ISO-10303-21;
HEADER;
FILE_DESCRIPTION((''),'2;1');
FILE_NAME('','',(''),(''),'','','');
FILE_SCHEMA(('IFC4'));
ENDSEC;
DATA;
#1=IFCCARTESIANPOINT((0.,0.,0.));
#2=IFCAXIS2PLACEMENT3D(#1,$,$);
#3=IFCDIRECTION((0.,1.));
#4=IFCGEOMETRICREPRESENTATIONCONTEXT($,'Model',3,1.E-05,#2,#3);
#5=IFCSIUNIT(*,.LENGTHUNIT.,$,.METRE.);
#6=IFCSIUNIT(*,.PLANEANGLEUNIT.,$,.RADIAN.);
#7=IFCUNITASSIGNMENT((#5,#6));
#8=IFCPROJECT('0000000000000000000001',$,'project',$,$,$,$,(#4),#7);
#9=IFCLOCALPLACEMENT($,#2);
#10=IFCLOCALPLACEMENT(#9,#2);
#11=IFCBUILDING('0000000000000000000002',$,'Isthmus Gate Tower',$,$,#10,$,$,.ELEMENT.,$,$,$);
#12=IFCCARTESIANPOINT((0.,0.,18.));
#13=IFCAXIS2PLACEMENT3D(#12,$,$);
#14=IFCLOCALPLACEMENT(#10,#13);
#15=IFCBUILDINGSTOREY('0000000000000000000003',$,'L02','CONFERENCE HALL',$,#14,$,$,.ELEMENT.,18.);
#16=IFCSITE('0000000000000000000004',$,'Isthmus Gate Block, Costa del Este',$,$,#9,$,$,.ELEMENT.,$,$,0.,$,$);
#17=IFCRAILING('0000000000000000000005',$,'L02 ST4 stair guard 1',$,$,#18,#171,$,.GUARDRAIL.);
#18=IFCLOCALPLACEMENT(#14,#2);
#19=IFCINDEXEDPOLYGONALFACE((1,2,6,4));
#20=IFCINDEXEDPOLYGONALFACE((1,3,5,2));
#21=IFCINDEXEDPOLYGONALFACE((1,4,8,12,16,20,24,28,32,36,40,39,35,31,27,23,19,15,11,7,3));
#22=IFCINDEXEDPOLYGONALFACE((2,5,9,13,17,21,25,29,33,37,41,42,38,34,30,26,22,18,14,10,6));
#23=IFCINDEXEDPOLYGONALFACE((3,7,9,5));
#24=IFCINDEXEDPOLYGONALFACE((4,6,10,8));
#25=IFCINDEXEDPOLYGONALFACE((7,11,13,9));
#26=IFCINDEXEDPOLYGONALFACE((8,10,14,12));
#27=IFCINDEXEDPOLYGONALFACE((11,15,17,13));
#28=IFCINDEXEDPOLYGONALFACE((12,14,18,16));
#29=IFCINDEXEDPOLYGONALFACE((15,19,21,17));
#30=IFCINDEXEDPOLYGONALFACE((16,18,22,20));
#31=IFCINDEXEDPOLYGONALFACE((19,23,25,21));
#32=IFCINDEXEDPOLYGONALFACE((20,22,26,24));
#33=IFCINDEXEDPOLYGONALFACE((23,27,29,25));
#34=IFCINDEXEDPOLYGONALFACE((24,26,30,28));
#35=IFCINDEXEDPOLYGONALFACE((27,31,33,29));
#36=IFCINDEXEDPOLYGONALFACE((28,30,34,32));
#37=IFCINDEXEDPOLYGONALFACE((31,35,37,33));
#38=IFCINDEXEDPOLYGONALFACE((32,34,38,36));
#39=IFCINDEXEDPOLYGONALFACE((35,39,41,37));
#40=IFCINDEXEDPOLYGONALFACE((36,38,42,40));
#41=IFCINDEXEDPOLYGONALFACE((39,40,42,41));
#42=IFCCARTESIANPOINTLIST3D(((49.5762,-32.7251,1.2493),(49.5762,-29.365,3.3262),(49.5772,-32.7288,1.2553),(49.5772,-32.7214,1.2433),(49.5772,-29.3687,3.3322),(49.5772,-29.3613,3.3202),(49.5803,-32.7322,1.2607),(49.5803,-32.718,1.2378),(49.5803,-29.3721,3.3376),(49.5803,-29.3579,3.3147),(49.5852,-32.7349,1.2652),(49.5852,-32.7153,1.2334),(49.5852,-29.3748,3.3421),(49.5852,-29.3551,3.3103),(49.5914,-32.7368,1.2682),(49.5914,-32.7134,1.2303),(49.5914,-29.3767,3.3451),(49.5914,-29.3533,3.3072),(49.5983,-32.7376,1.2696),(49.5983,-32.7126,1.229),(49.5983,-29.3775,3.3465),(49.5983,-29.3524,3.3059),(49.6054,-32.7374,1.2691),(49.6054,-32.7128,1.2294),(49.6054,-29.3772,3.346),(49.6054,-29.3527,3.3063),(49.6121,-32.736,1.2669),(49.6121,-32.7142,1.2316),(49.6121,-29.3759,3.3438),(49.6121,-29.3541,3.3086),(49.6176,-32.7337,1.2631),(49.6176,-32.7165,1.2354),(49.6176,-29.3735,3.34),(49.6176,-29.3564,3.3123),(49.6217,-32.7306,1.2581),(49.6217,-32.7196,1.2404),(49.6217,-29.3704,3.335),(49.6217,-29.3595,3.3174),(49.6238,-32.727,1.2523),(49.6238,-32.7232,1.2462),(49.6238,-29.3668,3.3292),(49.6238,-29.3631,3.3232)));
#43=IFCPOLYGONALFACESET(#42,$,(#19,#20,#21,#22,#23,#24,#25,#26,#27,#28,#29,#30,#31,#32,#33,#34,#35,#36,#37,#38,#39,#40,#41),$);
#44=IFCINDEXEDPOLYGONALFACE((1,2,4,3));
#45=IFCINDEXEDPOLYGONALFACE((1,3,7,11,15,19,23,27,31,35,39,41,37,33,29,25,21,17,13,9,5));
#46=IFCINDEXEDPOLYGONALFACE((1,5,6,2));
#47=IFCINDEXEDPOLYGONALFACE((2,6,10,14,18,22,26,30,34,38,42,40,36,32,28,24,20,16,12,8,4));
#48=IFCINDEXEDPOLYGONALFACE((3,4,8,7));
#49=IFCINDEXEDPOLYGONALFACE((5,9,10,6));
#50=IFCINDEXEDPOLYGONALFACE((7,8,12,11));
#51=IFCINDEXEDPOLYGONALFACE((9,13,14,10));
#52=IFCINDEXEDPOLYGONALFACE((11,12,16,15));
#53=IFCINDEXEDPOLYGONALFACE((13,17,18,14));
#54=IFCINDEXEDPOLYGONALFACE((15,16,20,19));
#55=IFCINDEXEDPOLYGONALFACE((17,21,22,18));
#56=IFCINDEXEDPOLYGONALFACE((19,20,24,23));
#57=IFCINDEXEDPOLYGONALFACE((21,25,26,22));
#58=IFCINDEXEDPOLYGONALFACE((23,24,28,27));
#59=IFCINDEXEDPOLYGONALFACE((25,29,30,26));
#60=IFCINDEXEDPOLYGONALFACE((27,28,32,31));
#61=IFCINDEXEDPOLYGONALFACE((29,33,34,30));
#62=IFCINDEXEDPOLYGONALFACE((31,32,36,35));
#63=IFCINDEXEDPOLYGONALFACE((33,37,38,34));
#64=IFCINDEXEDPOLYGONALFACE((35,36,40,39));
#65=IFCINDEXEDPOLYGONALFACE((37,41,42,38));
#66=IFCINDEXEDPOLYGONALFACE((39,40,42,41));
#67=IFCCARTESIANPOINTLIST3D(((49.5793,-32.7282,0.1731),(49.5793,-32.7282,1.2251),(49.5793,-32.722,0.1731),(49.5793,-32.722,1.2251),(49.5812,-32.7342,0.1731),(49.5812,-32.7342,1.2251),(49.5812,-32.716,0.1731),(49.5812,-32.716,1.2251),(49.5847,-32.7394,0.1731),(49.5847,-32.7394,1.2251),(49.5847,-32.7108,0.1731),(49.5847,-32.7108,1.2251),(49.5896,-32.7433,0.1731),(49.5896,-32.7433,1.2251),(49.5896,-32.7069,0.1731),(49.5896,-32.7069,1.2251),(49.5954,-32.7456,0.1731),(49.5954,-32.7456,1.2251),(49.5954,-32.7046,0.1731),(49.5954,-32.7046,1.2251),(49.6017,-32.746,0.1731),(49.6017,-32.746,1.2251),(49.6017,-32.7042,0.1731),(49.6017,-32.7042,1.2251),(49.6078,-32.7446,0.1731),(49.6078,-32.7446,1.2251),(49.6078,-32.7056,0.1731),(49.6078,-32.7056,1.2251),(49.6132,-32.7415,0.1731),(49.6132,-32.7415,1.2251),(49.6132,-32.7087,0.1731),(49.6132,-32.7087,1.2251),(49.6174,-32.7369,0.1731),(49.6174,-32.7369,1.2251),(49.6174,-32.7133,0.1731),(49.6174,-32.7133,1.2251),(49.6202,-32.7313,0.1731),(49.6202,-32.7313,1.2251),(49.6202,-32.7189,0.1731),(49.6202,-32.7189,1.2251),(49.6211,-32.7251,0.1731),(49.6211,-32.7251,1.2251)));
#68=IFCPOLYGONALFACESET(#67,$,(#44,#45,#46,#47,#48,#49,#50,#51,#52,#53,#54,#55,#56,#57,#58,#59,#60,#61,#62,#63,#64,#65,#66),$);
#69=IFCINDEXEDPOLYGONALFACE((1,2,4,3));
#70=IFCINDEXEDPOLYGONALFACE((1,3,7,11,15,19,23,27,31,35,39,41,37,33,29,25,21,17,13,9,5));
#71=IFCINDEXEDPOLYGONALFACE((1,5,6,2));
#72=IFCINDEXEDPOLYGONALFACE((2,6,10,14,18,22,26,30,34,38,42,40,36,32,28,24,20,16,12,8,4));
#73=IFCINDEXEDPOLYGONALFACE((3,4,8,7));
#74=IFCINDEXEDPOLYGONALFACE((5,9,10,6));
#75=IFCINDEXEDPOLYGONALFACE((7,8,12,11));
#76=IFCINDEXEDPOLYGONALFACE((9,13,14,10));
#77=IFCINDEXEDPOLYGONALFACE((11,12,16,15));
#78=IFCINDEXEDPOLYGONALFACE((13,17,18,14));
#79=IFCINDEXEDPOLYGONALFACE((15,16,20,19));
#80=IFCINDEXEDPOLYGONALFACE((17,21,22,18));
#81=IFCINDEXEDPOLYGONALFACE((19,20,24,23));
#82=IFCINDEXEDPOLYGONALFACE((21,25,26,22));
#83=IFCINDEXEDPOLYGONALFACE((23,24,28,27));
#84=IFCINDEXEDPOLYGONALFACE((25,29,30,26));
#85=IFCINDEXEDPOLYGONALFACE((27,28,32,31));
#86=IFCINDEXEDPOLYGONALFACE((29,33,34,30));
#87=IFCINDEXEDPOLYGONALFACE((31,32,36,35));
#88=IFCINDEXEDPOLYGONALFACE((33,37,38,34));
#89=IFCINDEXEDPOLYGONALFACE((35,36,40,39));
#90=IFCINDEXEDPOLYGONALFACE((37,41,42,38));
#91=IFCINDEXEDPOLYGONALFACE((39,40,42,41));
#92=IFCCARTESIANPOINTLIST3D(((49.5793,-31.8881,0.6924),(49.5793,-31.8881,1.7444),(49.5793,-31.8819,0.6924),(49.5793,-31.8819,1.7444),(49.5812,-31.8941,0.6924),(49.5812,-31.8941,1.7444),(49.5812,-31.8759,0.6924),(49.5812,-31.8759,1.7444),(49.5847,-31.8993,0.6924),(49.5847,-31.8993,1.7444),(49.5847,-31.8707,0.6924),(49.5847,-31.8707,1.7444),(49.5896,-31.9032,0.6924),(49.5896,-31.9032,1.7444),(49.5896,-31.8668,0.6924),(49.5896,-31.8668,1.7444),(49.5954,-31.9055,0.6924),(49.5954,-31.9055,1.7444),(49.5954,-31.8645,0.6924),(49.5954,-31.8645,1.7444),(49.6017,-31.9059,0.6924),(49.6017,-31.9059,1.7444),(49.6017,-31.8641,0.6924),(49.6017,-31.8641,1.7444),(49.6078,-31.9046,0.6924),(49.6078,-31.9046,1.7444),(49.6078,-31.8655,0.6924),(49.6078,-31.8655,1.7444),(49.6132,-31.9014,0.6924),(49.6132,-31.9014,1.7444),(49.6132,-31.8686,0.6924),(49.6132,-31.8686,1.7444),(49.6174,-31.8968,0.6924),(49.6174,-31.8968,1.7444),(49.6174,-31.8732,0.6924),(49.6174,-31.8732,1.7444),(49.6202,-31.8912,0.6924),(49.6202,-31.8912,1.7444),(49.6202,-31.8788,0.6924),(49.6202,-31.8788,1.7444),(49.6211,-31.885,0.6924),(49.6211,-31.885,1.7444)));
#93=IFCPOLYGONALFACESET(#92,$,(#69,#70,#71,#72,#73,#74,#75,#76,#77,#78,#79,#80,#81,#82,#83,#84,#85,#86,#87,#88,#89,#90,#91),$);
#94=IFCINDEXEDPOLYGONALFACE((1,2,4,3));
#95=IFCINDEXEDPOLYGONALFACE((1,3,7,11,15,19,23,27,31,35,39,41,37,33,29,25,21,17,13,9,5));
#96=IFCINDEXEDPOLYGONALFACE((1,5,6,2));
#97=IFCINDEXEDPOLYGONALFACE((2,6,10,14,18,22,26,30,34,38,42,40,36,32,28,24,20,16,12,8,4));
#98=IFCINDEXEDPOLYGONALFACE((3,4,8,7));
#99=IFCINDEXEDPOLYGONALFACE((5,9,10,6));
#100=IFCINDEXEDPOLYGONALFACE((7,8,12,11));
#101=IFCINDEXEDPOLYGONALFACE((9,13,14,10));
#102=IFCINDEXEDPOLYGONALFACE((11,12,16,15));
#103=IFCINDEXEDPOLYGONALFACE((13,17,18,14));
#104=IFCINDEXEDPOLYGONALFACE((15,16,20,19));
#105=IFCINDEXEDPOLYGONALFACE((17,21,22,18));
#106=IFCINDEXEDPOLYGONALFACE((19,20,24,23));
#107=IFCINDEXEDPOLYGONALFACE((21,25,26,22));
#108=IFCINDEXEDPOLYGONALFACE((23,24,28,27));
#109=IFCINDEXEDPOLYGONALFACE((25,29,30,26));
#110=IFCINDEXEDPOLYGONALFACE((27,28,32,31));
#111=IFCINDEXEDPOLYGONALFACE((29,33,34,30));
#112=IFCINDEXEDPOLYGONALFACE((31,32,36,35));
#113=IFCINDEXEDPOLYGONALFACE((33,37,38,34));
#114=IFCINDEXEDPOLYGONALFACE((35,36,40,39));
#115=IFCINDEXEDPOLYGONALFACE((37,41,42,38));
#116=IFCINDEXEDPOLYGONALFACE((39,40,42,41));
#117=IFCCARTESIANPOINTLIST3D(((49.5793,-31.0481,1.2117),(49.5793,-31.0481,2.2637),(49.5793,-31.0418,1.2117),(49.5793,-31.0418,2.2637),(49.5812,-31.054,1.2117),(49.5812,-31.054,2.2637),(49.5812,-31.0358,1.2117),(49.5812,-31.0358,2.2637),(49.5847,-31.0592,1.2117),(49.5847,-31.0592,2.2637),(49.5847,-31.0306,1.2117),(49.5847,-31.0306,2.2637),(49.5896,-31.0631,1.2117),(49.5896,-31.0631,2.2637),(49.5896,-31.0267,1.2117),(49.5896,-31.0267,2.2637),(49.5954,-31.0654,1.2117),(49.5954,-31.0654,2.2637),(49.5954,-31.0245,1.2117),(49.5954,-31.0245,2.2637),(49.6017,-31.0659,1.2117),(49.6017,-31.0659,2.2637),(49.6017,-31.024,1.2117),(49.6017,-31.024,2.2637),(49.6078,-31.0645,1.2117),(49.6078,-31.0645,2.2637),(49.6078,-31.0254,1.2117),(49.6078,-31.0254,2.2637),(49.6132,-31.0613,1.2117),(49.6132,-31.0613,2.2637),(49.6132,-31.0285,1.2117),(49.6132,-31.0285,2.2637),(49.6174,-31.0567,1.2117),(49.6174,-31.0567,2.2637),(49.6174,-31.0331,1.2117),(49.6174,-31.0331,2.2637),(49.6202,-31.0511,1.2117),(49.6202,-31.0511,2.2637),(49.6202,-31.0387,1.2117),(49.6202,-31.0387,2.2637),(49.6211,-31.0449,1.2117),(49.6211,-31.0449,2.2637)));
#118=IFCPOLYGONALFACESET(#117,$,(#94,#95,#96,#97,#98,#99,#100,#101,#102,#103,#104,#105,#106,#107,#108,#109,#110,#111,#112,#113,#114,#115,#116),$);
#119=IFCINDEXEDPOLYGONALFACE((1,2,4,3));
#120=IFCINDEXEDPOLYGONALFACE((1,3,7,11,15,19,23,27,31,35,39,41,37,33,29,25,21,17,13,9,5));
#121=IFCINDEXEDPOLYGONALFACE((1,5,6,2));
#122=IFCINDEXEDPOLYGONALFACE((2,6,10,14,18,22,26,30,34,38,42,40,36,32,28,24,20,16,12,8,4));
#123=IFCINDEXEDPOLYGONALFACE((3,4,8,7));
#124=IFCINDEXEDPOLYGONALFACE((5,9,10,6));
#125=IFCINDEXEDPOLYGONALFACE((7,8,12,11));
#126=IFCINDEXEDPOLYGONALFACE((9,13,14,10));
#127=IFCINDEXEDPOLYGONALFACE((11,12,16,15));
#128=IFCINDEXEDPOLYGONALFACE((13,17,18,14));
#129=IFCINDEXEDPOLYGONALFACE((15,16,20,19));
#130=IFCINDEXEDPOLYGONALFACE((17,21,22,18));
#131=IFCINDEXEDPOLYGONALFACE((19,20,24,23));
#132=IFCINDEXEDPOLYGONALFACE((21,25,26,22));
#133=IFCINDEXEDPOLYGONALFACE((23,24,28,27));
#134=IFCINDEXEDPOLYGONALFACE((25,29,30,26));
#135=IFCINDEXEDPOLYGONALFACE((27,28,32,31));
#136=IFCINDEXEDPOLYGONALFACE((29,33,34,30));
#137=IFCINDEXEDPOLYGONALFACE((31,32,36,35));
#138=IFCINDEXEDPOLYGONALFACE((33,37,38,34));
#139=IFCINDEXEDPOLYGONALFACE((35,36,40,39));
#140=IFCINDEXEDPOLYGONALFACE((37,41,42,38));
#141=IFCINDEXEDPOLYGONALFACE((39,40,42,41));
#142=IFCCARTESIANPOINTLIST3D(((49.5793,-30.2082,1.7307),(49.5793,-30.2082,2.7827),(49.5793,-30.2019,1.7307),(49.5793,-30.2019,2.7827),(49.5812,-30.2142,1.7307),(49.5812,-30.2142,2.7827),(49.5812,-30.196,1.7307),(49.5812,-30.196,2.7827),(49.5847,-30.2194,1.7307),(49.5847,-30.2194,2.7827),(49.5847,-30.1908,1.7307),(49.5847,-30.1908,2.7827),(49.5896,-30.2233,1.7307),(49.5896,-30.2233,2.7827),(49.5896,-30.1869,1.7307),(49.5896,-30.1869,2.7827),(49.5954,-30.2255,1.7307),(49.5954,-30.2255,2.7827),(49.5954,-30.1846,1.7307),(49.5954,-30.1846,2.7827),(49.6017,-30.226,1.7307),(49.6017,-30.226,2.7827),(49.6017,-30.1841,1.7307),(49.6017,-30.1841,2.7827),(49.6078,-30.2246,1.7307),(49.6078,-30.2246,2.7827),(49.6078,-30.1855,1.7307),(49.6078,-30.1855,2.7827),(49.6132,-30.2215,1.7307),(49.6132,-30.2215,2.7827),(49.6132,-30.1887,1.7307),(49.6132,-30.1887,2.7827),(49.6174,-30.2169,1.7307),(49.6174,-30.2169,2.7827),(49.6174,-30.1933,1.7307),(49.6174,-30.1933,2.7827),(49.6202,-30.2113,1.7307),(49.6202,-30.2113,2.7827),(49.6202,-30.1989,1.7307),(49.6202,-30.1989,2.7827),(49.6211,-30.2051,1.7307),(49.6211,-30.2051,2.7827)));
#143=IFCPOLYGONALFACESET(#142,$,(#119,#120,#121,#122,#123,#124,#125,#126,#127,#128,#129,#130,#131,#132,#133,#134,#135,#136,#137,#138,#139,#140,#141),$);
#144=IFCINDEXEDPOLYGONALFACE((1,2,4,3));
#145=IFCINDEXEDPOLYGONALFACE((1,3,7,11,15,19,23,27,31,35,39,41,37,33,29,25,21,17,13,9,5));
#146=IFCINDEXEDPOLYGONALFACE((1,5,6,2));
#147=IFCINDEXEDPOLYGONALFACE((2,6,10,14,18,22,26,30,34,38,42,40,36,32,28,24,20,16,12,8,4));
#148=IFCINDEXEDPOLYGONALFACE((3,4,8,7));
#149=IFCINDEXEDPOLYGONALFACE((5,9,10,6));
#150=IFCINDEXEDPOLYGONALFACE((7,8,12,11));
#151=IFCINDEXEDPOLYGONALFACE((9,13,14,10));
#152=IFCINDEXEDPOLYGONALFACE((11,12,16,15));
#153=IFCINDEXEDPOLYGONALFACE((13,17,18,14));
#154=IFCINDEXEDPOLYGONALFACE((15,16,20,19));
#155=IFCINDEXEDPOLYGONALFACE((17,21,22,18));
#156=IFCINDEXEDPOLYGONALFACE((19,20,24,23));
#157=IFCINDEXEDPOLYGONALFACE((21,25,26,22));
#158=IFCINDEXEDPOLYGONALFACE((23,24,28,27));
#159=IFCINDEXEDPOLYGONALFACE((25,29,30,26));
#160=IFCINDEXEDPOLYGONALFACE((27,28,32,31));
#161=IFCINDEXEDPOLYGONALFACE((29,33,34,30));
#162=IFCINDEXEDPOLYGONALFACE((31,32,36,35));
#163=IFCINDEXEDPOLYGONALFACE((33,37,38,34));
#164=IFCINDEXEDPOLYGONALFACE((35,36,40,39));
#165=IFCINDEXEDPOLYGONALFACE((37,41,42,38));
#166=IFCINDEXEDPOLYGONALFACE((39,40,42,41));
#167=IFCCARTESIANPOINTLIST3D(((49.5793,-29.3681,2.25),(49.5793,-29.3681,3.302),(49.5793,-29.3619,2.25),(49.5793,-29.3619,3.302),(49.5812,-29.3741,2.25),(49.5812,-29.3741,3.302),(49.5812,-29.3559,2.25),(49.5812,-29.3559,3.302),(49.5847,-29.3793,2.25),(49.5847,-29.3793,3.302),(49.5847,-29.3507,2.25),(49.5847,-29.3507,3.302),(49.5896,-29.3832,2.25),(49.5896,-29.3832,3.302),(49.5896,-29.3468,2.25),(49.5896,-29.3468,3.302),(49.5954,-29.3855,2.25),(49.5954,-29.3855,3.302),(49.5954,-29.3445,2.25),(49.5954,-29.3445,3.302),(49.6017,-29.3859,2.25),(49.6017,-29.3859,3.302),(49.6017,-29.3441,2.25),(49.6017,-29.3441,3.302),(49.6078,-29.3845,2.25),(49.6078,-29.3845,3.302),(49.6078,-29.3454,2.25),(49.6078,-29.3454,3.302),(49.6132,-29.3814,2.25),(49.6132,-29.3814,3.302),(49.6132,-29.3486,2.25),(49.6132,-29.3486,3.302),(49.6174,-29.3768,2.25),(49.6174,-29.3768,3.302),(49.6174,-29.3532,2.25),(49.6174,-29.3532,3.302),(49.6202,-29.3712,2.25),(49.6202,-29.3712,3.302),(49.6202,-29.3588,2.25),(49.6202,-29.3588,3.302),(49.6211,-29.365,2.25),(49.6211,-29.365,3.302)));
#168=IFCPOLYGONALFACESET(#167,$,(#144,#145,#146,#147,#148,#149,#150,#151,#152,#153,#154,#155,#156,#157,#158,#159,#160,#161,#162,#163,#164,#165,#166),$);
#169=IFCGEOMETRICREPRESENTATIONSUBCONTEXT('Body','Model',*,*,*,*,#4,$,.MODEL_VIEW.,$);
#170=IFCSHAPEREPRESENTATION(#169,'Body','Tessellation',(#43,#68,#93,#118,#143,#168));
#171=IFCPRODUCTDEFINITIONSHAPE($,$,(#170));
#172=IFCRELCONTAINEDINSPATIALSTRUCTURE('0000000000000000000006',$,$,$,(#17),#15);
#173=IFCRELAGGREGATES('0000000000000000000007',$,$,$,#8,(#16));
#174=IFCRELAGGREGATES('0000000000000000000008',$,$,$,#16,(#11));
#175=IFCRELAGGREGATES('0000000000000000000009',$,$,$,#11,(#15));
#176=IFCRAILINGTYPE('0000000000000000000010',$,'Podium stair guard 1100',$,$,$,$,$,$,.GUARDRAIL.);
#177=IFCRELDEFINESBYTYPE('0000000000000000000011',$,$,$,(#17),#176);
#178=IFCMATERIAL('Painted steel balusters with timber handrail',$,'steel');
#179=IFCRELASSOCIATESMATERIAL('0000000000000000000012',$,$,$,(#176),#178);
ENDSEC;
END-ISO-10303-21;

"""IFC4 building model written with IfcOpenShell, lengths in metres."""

from ifc_helpers import new_model, si_unit, direction, frame, origin, origin_2d, place, context, subcontext, project, spatial, circle, extrude, material, type_object, element, save


model = new_model("IFC4")

# Units and contexts
model_context = context("Model", 3, precision=1e-05, world=origin(), true_north=direction((0.0, 1.0)))
body_context = subcontext(model_context, "Body", "Model", "MODEL_VIEW")
ifc_project = project(units=[si_unit("LENGTHUNIT", "METRE"), si_unit("PLANEANGLEUNIT", "RADIAN")], contexts=[model_context])

# Site, building, storey
site_placement = place(None, origin())
site = spatial("IfcSite", under=ifc_project, at=site_placement, Name="Isthmus Gate Block, Costa del Este", CompositionType="ELEMENT", RefElevation=0.0)
building_placement = place(site_placement, origin())
building = spatial("IfcBuilding", under=site, at=building_placement, Name="Isthmus Gate Tower", CompositionType="ELEMENT")
storey_placement = place(building_placement, frame((0.0, 0.0, 18.0)))
storey = spatial("IfcBuildingStorey", under=building, at=storey_placement, Name="L02", Description="CONFERENCE HALL", CompositionType="ELEMENT", Elevation=18.0)

# Railing
ifc_material_1 = material(Name="Painted steel balusters with timber handrail", Category="steel")
railing_type_1 = type_object("IfcRailingType", Name="Podium stair guard 1100", PredefinedType="GUARDRAIL", material=ifc_material_1)
railing_1_placement = place(storey_placement, frame((49.6001, -32.7251, 0.1731)))
element("IfcRailing", 1, at=railing_1_placement, inside=storey, type_object=railing_type_1, Name="L02 ST4 stair guard 1", PredefinedType="GUARDRAIL", context=body_context, shape_type="SweptSolid", body=[
    extrude(circle(Radius=0.0239, at=origin_2d()), frame((0.0, 0.0, 1.0762), z_axis=(0.0, 0.850623, 0.525776), x_axis=(-1.0, 0.0, 0.0)), (0.0, 0.0, 1.0), 3.9502),
    extrude(circle(Radius=0.021, at=origin_2d()), origin(), (0.0, 0.0, 1.0), 1.052),
    extrude(circle(Radius=0.021, at=origin_2d()), frame((0.0, 0.8401, 0.5193)), (0.0, 0.0, 1.0), 1.052),
    extrude(circle(Radius=0.021, at=origin_2d()), frame((0.0, 1.6802, 1.0386)), (0.0, 0.0, 1.0), 1.052),
    extrude(circle(Radius=0.021, at=origin_2d()), frame((0.0, 2.52, 1.5576)), (0.0, 0.0, 1.0), 1.052),
    extrude(circle(Radius=0.021, at=origin_2d()), frame((0.0, 3.3601, 2.0769)), (0.0, 0.0, 1.0), 1.052),
])

save(model, "model.ifc")
